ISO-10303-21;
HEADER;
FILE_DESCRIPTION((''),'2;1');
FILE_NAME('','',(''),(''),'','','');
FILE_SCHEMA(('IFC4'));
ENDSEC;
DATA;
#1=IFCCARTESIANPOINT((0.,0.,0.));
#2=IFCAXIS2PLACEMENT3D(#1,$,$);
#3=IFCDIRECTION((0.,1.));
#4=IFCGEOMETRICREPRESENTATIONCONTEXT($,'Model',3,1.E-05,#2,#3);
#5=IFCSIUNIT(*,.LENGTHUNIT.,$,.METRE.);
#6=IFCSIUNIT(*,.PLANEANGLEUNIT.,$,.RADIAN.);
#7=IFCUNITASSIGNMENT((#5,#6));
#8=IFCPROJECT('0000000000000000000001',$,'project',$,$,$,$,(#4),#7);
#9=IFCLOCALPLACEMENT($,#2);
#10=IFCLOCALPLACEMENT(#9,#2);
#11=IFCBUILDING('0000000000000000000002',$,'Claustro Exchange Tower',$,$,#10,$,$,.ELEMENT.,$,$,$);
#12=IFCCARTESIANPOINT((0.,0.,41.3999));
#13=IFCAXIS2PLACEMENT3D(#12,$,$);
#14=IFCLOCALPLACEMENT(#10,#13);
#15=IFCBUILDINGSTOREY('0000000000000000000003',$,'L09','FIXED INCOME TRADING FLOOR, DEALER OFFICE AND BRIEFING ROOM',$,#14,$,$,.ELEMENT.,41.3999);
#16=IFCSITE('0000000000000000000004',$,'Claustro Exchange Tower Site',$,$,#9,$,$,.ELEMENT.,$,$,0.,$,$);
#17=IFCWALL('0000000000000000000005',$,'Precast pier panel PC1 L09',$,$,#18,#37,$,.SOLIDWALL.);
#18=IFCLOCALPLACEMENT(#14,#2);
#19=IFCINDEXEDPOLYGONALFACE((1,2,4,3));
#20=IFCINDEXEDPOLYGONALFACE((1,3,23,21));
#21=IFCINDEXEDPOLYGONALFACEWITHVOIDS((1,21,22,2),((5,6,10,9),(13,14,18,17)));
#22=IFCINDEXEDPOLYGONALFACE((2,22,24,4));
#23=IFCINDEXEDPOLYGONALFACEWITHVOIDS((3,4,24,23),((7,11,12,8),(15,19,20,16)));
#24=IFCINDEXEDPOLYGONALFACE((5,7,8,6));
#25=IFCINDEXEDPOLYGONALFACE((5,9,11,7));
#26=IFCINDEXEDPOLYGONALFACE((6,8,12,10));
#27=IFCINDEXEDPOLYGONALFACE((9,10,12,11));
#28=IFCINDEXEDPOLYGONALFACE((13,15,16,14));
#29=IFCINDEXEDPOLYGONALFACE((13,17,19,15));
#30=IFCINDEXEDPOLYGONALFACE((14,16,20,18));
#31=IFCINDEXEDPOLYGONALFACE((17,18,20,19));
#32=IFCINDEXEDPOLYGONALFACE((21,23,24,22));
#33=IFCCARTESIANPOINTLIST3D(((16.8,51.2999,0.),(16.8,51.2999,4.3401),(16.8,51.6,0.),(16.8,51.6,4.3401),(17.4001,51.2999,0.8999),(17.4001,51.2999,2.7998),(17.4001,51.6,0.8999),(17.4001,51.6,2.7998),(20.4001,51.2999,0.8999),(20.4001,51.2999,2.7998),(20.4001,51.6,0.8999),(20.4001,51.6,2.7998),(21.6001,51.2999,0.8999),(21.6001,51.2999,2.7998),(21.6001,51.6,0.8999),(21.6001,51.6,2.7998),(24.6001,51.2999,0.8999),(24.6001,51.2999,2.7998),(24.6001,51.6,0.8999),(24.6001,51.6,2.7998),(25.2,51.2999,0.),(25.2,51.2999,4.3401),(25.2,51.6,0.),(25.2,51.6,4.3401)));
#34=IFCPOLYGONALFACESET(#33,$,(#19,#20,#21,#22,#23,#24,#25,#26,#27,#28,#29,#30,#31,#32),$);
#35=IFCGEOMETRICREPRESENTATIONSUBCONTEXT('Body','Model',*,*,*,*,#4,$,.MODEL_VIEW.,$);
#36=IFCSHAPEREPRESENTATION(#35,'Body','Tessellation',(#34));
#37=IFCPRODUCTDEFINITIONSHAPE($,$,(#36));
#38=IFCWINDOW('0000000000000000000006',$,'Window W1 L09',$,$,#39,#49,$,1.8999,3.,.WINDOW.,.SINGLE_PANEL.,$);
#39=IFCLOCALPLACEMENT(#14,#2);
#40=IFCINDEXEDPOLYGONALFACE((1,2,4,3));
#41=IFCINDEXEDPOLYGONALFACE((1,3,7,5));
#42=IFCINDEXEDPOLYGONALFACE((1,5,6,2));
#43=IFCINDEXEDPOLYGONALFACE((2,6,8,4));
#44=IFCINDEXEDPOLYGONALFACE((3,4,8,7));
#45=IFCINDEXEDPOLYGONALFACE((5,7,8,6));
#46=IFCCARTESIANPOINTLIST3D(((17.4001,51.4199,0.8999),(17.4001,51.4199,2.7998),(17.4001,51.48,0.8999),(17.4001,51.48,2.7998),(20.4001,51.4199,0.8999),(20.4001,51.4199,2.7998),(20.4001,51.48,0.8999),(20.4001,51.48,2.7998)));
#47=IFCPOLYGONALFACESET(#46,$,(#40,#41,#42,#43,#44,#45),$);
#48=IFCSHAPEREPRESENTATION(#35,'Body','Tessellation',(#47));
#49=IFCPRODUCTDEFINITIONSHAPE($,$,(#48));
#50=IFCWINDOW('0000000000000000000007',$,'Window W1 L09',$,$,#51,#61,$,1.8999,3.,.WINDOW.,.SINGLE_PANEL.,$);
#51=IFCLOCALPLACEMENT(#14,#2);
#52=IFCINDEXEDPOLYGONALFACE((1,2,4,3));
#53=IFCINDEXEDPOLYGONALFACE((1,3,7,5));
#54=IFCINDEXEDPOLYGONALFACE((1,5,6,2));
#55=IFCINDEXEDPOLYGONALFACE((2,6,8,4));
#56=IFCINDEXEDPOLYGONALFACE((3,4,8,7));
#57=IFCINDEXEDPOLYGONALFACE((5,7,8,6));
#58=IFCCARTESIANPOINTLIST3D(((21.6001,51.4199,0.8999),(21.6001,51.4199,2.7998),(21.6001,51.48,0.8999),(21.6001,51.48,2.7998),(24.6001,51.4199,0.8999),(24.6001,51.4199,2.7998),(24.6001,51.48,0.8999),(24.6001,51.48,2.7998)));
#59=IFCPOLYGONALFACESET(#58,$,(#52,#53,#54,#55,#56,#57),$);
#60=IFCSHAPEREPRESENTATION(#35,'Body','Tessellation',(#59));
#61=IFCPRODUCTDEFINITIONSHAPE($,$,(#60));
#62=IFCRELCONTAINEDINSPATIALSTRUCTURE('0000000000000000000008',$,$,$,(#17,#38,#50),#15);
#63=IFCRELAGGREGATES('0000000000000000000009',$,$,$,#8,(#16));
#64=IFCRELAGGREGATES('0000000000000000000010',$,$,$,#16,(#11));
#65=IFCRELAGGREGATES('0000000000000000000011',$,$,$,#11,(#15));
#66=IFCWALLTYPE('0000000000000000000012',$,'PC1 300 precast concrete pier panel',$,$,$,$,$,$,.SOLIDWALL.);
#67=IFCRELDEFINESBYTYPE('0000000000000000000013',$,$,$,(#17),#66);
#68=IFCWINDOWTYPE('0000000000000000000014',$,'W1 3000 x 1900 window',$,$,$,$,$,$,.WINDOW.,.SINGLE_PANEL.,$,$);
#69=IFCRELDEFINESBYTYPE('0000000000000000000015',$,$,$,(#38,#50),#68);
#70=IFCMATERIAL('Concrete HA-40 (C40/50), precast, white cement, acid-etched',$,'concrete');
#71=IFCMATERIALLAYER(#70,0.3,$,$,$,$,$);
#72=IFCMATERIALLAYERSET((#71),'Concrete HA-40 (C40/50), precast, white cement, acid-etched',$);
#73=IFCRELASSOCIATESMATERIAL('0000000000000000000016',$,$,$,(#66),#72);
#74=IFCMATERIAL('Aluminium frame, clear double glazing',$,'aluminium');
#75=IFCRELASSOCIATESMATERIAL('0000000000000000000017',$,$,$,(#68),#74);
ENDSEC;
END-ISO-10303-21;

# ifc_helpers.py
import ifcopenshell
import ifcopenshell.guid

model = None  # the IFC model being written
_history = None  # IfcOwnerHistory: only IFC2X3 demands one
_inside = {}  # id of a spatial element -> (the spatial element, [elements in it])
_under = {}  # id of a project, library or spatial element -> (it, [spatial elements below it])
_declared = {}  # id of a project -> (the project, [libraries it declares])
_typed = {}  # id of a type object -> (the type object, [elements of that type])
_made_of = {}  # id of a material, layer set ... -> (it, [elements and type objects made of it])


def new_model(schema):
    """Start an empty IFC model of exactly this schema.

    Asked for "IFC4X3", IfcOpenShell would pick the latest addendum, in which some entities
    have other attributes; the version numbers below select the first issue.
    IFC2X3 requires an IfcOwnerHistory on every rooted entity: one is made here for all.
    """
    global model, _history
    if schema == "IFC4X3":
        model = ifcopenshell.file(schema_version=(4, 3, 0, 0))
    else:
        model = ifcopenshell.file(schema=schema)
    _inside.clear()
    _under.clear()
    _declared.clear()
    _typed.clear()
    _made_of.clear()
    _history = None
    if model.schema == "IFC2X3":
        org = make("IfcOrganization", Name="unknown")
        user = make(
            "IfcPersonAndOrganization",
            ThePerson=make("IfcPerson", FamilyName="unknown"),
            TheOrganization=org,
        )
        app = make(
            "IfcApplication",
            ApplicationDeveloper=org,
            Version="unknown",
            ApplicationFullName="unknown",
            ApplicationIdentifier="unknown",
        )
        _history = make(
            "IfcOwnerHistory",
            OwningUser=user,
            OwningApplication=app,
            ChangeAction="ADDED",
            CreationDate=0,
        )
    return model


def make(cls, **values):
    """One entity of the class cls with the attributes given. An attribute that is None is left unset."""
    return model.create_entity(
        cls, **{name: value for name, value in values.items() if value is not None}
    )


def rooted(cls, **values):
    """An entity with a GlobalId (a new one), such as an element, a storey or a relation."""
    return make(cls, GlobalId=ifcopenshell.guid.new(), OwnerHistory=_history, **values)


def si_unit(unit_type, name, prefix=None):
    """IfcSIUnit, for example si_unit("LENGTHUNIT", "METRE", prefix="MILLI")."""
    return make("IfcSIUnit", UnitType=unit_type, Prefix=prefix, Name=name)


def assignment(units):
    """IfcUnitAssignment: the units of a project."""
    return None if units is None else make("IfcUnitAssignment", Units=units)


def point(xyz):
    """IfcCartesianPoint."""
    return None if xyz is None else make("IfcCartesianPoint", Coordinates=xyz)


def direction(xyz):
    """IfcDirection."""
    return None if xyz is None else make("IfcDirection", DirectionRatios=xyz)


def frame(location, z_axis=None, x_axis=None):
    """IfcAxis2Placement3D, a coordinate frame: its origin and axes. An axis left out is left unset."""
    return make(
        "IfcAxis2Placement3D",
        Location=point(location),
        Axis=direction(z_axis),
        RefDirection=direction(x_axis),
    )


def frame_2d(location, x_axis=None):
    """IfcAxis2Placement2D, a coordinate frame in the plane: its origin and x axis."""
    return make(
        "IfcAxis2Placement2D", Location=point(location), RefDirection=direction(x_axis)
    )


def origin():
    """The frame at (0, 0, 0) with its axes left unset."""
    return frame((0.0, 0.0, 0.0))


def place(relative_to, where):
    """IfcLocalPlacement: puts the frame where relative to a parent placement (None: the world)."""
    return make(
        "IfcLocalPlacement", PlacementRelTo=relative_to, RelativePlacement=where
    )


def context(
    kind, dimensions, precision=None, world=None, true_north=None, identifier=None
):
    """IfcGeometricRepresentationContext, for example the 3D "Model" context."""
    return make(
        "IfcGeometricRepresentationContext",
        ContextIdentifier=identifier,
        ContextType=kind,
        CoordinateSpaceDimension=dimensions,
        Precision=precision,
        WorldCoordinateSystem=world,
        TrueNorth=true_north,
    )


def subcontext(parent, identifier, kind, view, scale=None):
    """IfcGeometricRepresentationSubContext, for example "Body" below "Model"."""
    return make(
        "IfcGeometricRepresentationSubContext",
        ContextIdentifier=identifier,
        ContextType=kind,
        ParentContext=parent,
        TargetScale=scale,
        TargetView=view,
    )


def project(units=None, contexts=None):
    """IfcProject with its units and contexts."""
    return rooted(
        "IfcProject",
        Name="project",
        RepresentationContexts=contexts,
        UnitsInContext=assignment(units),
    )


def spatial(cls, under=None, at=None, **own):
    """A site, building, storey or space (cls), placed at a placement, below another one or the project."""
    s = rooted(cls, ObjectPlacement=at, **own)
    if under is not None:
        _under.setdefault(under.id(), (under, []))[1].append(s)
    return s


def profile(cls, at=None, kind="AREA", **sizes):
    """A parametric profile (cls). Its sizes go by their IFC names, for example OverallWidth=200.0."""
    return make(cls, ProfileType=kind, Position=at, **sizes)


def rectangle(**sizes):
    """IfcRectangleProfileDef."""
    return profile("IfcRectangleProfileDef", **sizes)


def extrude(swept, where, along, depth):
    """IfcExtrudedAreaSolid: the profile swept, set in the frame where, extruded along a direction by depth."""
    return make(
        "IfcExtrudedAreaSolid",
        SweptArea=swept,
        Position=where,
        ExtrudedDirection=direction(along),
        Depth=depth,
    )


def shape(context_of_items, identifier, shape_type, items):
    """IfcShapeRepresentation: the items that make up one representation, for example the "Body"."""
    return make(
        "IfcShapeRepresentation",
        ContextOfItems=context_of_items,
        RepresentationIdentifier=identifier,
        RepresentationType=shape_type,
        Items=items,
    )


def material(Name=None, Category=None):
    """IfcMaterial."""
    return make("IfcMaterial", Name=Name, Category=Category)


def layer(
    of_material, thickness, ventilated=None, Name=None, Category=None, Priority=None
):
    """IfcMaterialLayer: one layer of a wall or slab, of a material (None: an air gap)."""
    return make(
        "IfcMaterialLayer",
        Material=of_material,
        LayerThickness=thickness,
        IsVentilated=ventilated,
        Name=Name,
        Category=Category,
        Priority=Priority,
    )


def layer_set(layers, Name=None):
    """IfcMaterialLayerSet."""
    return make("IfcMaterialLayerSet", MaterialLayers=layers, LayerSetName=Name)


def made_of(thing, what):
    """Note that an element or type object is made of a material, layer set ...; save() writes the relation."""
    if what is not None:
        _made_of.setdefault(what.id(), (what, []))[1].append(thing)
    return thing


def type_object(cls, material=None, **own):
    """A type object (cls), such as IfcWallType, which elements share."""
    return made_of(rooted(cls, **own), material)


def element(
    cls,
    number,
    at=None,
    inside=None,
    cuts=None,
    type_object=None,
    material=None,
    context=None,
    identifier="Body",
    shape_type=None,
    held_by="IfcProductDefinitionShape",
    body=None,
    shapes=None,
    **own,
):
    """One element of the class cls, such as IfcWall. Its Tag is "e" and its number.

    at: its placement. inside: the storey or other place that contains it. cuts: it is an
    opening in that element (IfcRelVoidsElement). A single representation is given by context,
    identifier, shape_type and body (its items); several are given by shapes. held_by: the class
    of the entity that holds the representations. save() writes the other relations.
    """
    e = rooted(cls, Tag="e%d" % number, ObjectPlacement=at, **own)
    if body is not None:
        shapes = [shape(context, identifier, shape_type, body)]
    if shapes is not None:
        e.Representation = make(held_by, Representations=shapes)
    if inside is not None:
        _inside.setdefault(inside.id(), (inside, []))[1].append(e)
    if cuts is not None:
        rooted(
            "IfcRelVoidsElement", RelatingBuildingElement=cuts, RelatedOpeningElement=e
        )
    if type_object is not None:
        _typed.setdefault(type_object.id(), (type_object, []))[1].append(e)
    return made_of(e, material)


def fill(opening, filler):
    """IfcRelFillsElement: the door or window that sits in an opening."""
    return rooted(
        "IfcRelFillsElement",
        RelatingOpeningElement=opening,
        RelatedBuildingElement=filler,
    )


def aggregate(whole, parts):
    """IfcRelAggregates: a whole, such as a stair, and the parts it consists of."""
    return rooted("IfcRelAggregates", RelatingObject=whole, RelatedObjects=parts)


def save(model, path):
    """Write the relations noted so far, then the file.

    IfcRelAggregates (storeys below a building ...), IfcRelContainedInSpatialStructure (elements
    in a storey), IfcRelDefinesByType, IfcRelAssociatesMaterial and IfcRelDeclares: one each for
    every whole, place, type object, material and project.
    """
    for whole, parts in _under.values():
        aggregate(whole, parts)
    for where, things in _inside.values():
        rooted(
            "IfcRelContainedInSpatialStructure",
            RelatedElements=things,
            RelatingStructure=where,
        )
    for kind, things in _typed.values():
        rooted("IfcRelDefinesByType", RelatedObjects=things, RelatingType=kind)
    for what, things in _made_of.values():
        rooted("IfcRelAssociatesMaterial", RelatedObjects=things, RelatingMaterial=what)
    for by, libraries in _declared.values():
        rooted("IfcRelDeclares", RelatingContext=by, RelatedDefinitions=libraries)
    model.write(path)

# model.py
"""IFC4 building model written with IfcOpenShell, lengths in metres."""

from ifc_helpers import new_model, si_unit, direction, frame, frame_2d, origin, place, context, subcontext, project, spatial, rectangle, extrude, material, layer, layer_set, type_object, element, fill, save


model = new_model("IFC4")

# Units and contexts
model_context = context("Model", 3, precision=1e-05, world=origin(), true_north=direction((0.0, 1.0)))
body_context = subcontext(model_context, "Body", "Model", "MODEL_VIEW")
ifc_project = project(units=[si_unit("LENGTHUNIT", "METRE"), si_unit("PLANEANGLEUNIT", "RADIAN")], contexts=[model_context])

# Site, building, storey
site_placement = place(None, origin())
site = spatial("IfcSite", under=ifc_project, at=site_placement, Name="Claustro Exchange Tower Site", CompositionType="ELEMENT", RefElevation=0.0)
building_placement = place(site_placement, origin())
building = spatial("IfcBuilding", under=site, at=building_placement, Name="Claustro Exchange Tower", CompositionType="ELEMENT")
storey_placement = place(building_placement, frame((0.0, 0.0, 41.3999)))
storey = spatial("IfcBuildingStorey", under=building, at=storey_placement, Name="L09", Description="FIXED INCOME TRADING FLOOR, DEALER OFFICE AND BRIEFING ROOM", CompositionType="ELEMENT", Elevation=41.3999)

# Wall, openings, windows
ifc_material_1 = material(Name="Concrete HA-40 (C40/50), precast, white cement, acid-etched", Category="concrete")
ifc_layer_1 = layer(ifc_material_1, 0.3)
ifc_layer_set_1 = layer_set([ifc_layer_1], Name="Concrete HA-40 (C40/50), precast, white cement, acid-etched")
wall_type_1 = type_object("IfcWallType", Name="PC1 300 precast concrete pier panel", PredefinedType="SOLIDWALL", material=ifc_layer_set_1)
ifc_material_2 = material(Name="Aluminium frame, clear double glazing", Category="aluminium")
window_type = type_object("IfcWindowType", Name="W1 3000 x 1900 window", PartitioningType="SINGLE_PANEL", PredefinedType="WINDOW", material=ifc_material_2)
wall_1_placement = place(storey_placement, frame((16.8, 51.45, 0.0), z_axis=(0.0, 0.0, 1.0), x_axis=(1.0, 0.0, 0.0)))
wall_1 = element("IfcWall", 1, at=wall_1_placement, inside=storey, type_object=wall_type_1, Name="Precast pier panel PC1 L09", PredefinedType="SOLIDWALL", context=body_context, shape_type="SweptSolid", body=[
    extrude(rectangle(XDim=8.3999, YDim=0.3, at=frame_2d((4.2, 0.0))), origin(), (0.0, 0.0, 1.0), 4.3401),
])
opening_1_placement = place(wall_1_placement, frame((0.6001, 0.0, 0.8999)))
opening_1 = element("IfcOpeningElement", 2, at=opening_1_placement, cuts=wall_1, PredefinedType="OPENING", context=body_context, shape_type="SweptSolid", body=[
    extrude(rectangle(XDim=3.0, YDim=1.8999, at=frame_2d((1.5, 0.95))), frame((0.0, 0.1599, 0.0), z_axis=(0.0, -1.0, 0.0), x_axis=(1.0, 0.0, 0.0)), (0.0, 0.0, 1.0), 0.3201),
])
opening_2_placement = place(wall_1_placement, frame((4.8, 0.0, 0.8999)))
opening_2 = element("IfcOpeningElement", 3, at=opening_2_placement, cuts=wall_1, PredefinedType="OPENING", context=body_context, shape_type="SweptSolid", body=[
    extrude(rectangle(XDim=3.0, YDim=1.8999, at=frame_2d((1.5, 0.95))), frame((0.0, 0.1599, 0.0), z_axis=(0.0, -1.0, 0.0), x_axis=(1.0, 0.0, 0.0)), (0.0, 0.0, 1.0), 0.3201),
])
window_1_placement = place(opening_1_placement, origin())
window_1 = element("IfcWindow", 4, at=window_1_placement, inside=storey, type_object=window_type, Name="Window W1 L09", OverallHeight=1.8999, OverallWidth=3.0, PartitioningType="SINGLE_PANEL", PredefinedType="WINDOW", context=body_context, shape_type="SweptSolid", body=[
    extrude(rectangle(XDim=3.0, YDim=1.8999, at=frame_2d((1.5, 0.95))), frame((0.0, 0.03, 0.0), z_axis=(0.0, -1.0, 0.0), x_axis=(1.0, 0.0, 0.0)), (0.0, 0.0, 1.0), 0.0601),
])
fill(opening_1, window_1)
window_2_placement = place(opening_2_placement, origin())
window_2 = element("IfcWindow", 5, at=window_2_placement, inside=storey, type_object=window_type, Name="Window W1 L09", OverallHeight=1.8999, OverallWidth=3.0, PartitioningType="SINGLE_PANEL", PredefinedType="WINDOW", context=body_context, shape_type="SweptSolid", body=[
    extrude(rectangle(XDim=3.0, YDim=1.8999, at=frame_2d((1.5, 0.95))), frame((0.0, 0.03, 0.0), z_axis=(0.0, -1.0, 0.0), x_axis=(1.0, 0.0, 0.0)), (0.0, 0.0, 1.0), 0.0601),
])
fill(opening_2, window_2)

save(model, "model.ifc")
